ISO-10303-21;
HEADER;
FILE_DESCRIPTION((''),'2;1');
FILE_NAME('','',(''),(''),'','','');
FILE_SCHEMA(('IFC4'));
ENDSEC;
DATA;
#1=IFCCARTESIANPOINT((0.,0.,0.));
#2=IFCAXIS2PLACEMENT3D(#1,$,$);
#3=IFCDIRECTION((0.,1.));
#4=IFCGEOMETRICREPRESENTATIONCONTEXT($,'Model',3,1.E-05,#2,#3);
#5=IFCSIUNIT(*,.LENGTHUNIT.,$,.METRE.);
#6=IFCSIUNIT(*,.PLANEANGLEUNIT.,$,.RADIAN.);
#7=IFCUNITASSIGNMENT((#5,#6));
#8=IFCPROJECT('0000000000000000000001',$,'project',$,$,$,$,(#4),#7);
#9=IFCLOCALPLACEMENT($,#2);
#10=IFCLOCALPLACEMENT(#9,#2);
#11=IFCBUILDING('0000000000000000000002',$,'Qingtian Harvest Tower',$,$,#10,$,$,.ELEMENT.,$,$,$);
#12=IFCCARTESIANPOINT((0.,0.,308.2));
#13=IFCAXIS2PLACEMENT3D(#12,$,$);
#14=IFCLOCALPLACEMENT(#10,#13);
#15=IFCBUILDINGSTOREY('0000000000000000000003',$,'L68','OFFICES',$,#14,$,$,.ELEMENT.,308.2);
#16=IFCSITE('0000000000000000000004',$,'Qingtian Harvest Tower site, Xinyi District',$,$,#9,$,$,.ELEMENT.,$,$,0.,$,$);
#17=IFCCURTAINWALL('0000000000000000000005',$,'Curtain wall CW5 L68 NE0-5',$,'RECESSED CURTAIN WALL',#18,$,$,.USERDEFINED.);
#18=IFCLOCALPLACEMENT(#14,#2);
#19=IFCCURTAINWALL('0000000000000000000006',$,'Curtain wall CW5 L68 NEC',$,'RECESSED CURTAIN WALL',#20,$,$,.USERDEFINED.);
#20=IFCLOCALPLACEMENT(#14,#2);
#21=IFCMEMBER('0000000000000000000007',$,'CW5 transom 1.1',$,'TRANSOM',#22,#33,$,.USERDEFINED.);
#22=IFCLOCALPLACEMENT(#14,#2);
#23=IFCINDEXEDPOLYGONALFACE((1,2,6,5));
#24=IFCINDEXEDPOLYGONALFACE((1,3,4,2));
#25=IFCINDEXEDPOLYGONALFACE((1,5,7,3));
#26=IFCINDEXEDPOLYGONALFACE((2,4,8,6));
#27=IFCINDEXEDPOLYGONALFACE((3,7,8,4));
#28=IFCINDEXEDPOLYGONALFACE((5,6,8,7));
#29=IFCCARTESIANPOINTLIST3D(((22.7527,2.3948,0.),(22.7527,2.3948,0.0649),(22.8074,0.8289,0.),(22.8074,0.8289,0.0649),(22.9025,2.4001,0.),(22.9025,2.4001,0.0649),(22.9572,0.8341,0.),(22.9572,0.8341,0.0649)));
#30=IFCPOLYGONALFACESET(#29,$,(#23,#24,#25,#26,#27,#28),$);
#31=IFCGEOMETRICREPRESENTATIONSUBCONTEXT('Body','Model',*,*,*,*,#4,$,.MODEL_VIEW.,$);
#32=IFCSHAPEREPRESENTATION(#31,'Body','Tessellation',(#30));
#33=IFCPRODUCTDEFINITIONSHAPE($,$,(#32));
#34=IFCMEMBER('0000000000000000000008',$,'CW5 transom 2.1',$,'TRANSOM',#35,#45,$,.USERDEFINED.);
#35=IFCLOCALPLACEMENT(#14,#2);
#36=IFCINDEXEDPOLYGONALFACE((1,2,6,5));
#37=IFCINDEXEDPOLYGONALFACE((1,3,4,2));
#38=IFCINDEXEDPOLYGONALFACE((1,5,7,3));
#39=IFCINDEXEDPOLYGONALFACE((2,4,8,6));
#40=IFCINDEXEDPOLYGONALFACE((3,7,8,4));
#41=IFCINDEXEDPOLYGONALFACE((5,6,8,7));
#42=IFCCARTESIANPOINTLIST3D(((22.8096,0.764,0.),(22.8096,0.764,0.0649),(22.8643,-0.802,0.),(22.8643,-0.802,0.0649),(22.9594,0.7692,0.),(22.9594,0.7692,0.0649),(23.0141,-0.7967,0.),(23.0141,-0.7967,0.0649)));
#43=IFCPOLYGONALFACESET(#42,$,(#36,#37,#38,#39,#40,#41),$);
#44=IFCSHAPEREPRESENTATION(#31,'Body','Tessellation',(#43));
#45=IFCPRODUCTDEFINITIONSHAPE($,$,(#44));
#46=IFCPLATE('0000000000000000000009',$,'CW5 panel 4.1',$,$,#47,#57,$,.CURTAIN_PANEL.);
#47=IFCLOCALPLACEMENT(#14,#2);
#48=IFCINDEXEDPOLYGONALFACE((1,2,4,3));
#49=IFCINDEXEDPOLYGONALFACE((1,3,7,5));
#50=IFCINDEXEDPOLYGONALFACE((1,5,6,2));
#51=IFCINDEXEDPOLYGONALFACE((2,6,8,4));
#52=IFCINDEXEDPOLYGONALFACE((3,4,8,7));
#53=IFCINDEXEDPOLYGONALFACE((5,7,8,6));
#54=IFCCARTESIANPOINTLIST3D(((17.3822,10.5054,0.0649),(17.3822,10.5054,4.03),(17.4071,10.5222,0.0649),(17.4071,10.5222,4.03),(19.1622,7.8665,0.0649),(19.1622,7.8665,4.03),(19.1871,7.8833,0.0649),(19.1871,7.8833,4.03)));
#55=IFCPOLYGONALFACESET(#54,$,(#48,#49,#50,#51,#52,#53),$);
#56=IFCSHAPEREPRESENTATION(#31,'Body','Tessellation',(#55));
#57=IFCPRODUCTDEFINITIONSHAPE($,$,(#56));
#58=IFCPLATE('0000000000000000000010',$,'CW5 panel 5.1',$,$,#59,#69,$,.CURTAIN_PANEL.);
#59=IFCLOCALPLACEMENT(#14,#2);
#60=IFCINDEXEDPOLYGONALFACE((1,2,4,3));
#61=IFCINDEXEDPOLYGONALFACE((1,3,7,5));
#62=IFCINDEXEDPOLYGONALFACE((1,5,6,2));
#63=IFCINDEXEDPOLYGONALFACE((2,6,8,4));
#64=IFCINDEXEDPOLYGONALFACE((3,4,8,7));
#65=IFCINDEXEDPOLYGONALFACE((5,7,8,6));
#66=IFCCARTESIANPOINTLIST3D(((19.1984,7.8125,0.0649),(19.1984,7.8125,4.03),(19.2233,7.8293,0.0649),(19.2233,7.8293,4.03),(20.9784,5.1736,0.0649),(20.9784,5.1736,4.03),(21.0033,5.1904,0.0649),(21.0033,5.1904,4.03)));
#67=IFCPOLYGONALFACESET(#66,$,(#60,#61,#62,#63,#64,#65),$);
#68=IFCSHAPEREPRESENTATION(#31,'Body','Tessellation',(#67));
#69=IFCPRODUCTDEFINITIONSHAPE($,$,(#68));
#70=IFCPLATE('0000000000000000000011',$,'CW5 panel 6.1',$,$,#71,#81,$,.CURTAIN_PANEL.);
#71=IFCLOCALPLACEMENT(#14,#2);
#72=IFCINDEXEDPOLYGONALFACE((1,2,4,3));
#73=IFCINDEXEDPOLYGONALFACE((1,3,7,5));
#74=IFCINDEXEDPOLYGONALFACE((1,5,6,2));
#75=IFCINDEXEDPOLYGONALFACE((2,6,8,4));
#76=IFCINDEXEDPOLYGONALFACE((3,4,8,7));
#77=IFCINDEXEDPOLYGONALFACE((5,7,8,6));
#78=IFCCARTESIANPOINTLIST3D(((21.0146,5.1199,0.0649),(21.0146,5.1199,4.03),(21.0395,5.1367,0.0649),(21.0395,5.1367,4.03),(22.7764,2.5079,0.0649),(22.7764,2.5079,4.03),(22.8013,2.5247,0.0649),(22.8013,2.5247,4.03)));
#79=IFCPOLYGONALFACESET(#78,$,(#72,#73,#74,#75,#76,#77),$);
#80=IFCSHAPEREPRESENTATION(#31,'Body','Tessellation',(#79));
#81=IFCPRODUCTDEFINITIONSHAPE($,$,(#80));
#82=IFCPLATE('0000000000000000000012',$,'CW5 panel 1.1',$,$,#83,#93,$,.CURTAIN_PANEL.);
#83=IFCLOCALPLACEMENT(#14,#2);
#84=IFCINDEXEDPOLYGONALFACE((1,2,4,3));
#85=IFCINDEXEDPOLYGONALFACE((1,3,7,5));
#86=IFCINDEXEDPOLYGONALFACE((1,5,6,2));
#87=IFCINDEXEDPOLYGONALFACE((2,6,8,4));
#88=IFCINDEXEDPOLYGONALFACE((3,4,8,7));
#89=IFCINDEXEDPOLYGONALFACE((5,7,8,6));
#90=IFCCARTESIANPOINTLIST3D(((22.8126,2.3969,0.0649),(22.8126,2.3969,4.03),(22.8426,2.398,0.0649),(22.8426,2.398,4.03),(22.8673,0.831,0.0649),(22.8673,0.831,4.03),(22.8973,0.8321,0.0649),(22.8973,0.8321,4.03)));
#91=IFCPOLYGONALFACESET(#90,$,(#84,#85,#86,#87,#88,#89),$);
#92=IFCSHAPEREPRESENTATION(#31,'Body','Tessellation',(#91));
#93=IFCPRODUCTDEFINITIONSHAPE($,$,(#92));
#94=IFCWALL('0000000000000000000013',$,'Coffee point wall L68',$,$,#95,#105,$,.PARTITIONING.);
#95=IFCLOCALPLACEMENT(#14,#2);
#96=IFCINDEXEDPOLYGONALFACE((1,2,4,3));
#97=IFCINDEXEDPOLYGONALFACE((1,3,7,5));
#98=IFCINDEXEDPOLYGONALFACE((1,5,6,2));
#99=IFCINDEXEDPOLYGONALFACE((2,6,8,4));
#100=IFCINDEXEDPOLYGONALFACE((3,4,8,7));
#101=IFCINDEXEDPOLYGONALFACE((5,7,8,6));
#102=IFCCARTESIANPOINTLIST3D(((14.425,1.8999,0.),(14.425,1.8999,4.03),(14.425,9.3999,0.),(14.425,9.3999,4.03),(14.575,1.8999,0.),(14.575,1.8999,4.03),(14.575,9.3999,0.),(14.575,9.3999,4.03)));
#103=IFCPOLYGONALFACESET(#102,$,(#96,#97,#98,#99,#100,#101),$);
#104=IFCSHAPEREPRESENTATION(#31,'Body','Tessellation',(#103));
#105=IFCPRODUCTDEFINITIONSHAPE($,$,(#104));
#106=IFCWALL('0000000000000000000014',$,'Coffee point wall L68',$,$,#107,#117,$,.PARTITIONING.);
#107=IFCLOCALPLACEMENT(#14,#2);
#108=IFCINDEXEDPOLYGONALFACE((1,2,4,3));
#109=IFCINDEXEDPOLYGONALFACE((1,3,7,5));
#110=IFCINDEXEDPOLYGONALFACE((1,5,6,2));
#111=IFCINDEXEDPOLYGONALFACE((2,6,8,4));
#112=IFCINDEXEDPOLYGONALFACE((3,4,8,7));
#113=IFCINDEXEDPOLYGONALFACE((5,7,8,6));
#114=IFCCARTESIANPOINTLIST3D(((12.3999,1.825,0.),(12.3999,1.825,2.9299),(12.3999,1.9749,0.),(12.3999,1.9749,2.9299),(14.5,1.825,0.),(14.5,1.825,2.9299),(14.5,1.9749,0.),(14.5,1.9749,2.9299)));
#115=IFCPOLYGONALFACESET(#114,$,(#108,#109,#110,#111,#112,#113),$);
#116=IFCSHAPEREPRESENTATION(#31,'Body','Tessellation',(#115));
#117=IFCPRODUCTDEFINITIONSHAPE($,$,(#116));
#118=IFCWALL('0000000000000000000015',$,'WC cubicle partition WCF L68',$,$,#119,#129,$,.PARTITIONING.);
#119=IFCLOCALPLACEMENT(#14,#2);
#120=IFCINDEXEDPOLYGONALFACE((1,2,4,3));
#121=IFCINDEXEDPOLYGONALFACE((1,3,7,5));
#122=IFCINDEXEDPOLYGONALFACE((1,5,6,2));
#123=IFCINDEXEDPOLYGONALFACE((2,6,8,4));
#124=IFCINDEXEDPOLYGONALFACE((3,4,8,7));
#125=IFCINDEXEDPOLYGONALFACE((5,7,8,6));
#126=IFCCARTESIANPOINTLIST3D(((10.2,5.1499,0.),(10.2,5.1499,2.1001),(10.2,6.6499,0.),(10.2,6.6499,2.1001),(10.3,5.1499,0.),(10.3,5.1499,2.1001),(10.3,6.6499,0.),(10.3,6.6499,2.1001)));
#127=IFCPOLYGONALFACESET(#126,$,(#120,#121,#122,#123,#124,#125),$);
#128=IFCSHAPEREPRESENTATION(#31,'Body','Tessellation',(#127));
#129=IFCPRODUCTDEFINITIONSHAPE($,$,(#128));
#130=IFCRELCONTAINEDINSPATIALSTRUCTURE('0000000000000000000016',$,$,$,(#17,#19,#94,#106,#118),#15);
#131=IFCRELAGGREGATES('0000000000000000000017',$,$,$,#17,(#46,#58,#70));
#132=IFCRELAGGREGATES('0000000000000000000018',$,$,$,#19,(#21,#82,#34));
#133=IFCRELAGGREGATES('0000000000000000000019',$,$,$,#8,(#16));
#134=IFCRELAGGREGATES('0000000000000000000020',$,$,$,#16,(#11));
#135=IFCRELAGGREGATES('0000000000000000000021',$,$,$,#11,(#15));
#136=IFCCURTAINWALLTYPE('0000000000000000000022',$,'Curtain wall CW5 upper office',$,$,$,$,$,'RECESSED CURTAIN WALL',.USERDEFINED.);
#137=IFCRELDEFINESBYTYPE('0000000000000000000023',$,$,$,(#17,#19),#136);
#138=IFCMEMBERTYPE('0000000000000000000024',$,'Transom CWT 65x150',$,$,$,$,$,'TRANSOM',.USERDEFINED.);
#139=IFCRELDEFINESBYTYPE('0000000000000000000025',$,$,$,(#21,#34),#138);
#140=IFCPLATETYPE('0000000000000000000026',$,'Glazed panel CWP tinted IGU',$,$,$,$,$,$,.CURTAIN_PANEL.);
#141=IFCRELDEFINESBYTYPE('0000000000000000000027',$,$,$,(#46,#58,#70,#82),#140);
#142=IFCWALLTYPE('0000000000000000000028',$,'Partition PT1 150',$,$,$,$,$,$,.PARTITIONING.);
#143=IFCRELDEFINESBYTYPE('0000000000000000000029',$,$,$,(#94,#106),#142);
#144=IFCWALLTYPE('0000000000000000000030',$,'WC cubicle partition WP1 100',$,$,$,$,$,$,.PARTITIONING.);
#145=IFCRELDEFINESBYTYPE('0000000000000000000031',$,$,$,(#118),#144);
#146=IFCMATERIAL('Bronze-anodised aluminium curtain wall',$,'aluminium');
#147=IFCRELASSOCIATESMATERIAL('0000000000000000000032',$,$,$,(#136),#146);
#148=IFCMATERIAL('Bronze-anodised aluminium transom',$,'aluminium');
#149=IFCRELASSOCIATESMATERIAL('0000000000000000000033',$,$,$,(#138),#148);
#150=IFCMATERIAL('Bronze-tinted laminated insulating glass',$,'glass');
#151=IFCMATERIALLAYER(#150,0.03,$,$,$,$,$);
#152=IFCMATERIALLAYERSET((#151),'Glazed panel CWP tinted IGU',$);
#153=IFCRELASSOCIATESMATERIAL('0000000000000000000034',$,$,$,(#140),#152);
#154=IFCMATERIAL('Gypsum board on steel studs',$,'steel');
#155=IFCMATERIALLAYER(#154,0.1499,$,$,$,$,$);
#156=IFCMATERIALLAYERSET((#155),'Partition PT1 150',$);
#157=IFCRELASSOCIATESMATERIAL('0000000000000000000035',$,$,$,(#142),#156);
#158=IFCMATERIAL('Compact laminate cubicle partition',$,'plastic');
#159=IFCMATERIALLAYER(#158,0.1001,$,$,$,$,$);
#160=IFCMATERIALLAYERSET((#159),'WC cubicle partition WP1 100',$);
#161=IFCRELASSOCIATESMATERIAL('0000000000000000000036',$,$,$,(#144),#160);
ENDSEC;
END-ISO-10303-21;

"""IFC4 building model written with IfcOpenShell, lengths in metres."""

from ifc_helpers import new_model, si_unit, direction, frame, frame_2d, origin, origin_2d, place, context, subcontext, project, spatial, rectangle, extrude, material, layer, layer_set, material_profile, profile_set, type_object, element, aggregate, save


model = new_model("IFC4")

# Units and contexts
model_context = context("Model", 3, precision=1e-05, world=origin(), true_north=direction((0.0, 1.0)))
body_context = subcontext(model_context, "Body", "Model", "MODEL_VIEW")
ifc_project = project(units=[si_unit("LENGTHUNIT", "METRE"), si_unit("PLANEANGLEUNIT", "RADIAN")], contexts=[model_context])

# Site, building, storey
site_placement = place(None, origin())
site = spatial("IfcSite", under=ifc_project, at=site_placement, Name="Qingtian Harvest Tower site, Xinyi District", CompositionType="ELEMENT", RefElevation=0.0)
building_placement = place(site_placement, origin())
building = spatial("IfcBuilding", under=site, at=building_placement, Name="Qingtian Harvest Tower", CompositionType="ELEMENT")
storey_placement = place(building_placement, frame((0.0, 0.0, 308.2)))
storey = spatial("IfcBuildingStorey", under=building, at=storey_placement, Name="L68", Description="OFFICES", CompositionType="ELEMENT", Elevation=308.2)

# Curtain walls
ifc_material_1 = material(Name="Bronze-anodised aluminium curtain wall", Category="aluminium")
curtain_wall_type = type_object("IfcCurtainWallType", Name="Curtain wall CW5 upper office", ElementType="RECESSED CURTAIN WALL", PredefinedType="USERDEFINED", material=ifc_material_1)
curtain_wall_1_placement = place(storey_placement, origin())
curtain_wall_1 = element("IfcCurtainWall", 1, at=curtain_wall_1_placement, inside=storey, type_object=curtain_wall_type, Name="Curtain wall CW5 L68 NE0-5", ObjectType="RECESSED CURTAIN WALL", PredefinedType="USERDEFINED")
curtain_wall_2_placement = place(storey_placement, origin())
curtain_wall_2 = element("IfcCurtainWall", 2, at=curtain_wall_2_placement, inside=storey, type_object=curtain_wall_type, Name="Curtain wall CW5 L68 NEC", ObjectType="RECESSED CURTAIN WALL", PredefinedType="USERDEFINED")

# Members
ifc_material_2 = material(Name="Bronze-anodised aluminium transom", Category="aluminium")
ifc_material_profile_1 = material_profile(ifc_material_2, rectangle(XDim=0.1499, YDim=0.0649, at=origin_2d()), Name="AL 65x150")
ifc_profile_set_1 = profile_set([ifc_material_profile_1], Name="Bronze-anodised aluminium transom")
member_type_1 = type_object("IfcMemberType", Name="Transom CWT 65x150", ElementType="TRANSOM", PredefinedType="USERDEFINED", material=ifc_profile_set_1)
member_1_placement = place(storey_placement, frame((22.8276, 2.3975, 0.0325), z_axis=(0.034902, -0.999391, 0.0), x_axis=(0.999391, 0.034902, 0.0)))
member_1 = element("IfcMember", 3, at=member_1_placement, type_object=member_type_1, Name="CW5 transom 1.1", ObjectType="TRANSOM", PredefinedType="USERDEFINED", context=body_context, shape_type="SweptSolid", body=[
    extrude(rectangle(XDim=0.1499, YDim=0.0649, at=origin_2d()), origin(), (0.0, 0.0, 1.0), 1.5669),
])
member_2_placement = place(storey_placement, frame((22.8845, 0.7666, 0.0325), z_axis=(0.034902, -0.999391, 0.0), x_axis=(0.999391, 0.034902, 0.0)))
member_2 = element("IfcMember", 4, at=member_2_placement, type_object=member_type_1, Name="CW5 transom 2.1", ObjectType="TRANSOM", PredefinedType="USERDEFINED", context=body_context, shape_type="SweptSolid", body=[
    extrude(rectangle(XDim=0.1499, YDim=0.0649, at=origin_2d()), origin(), (0.0, 0.0, 1.0), 1.5669),
])

# Plates
ifc_material_3 = material(Name="Bronze-tinted laminated insulating glass", Category="glass")
ifc_layer_1 = layer(ifc_material_3, 0.03)
ifc_layer_set_1 = layer_set([ifc_layer_1], Name="Glazed panel CWP tinted IGU")
plate_type = type_object("IfcPlateType", Name="Glazed panel CWP tinted IGU", PredefinedType="CURTAIN_PANEL", material=ifc_layer_set_1)
plate_1_placement = place(storey_placement, frame((18.2847, 9.1943, 0.0649), z_axis=(0.0, 0.0, 1.0), x_axis=(0.559193, -0.829038, 0.0)))
plate_1 = element("IfcPlate", 5, at=plate_1_placement, type_object=plate_type, Name="CW5 panel 4.1", PredefinedType="CURTAIN_PANEL", context=body_context, shape_type="SweptSolid", body=[
    extrude(rectangle(XDim=3.1831, YDim=0.03, at=origin_2d()), origin(), (0.0, 0.0, 1.0), 3.9651),
])
plate_2_placement = place(storey_placement, frame((20.1008, 6.5015, 0.0649), z_axis=(0.0, 0.0, 1.0), x_axis=(0.559193, -0.829038, 0.0)))
plate_2 = element("IfcPlate", 6, at=plate_2_placement, type_object=plate_type, Name="CW5 panel 5.1", PredefinedType="CURTAIN_PANEL", context=body_context, shape_type="SweptSolid", body=[
    extrude(rectangle(XDim=3.1831, YDim=0.03, at=origin_2d()), origin(), (0.0, 0.0, 1.0), 3.9651),
])
plate_3_placement = place(storey_placement, frame((21.908, 3.8223, 0.0649), z_axis=(0.0, 0.0, 1.0), x_axis=(0.559193, -0.829038, 0.0)))
plate_3 = element("IfcPlate", 7, at=plate_3_placement, type_object=plate_type, Name="CW5 panel 6.1", PredefinedType="CURTAIN_PANEL", context=body_context, shape_type="SweptSolid", body=[
    extrude(rectangle(XDim=3.1506, YDim=0.03, at=origin_2d()), origin(), (0.0, 0.0, 1.0), 3.9651),
])
aggregate(curtain_wall_1, [plate_1, plate_2, plate_3])
plate_4_placement = place(storey_placement, frame((22.855, 1.6145, 0.0649), z_axis=(0.0, 0.0, 1.0), x_axis=(0.034899, -0.999391, 0.0)))
plate_4 = element("IfcPlate", 8, at=plate_4_placement, type_object=plate_type, Name="CW5 panel 1.1", PredefinedType="CURTAIN_PANEL", context=body_context, shape_type="SweptSolid", body=[
    extrude(rectangle(XDim=1.5669, YDim=0.03, at=origin_2d()), origin(), (0.0, 0.0, 1.0), 3.9651),
])
aggregate(curtain_wall_2, [member_1, plate_4, member_2])

# Walls
ifc_material_4 = material(Name="Gypsum board on steel studs", Category="steel")
ifc_layer_2 = layer(ifc_material_4, 0.1499)
ifc_layer_set_2 = layer_set([ifc_layer_2], Name="Partition PT1 150")
wall_type_1 = type_object("IfcWallType", Name="Partition PT1 150", PredefinedType="PARTITIONING", material=ifc_layer_set_2)
wall_1_placement = place(storey_placement, frame((14.5, 1.8999, 0.0), z_axis=(0.0, 0.0, 1.0), x_axis=(0.0, 1.0, 0.0)))
element("IfcWall", 9, at=wall_1_placement, inside=storey, type_object=wall_type_1, Name="Coffee point wall L68", PredefinedType="PARTITIONING", context=body_context, shape_type="SweptSolid", body=[
    extrude(rectangle(XDim=7.5, YDim=0.1499, at=frame_2d((3.75, 0.0))), origin(), (0.0, 0.0, 1.0), 4.03),
])
wall_2_placement = place(storey_placement, frame((12.3999, 1.8999, 0.0), z_axis=(0.0, 0.0, 1.0), x_axis=(1.0, 0.0, 0.0)))
element("IfcWall", 10, at=wall_2_placement, inside=storey, type_object=wall_type_1, Name="Coffee point wall L68", PredefinedType="PARTITIONING", context=body_context, shape_type="SweptSolid", body=[
    extrude(rectangle(XDim=2.1001, YDim=0.1499, at=frame_2d((1.05, 0.0))), origin(), (0.0, 0.0, 1.0), 2.9299),
])
ifc_material_5 = material(Name="Compact laminate cubicle partition", Category="plastic")
ifc_layer_3 = layer(ifc_material_5, 0.1001)
ifc_layer_set_3 = layer_set([ifc_layer_3], Name="WC cubicle partition WP1 100")
wall_type_2 = type_object("IfcWallType", Name="WC cubicle partition WP1 100", PredefinedType="PARTITIONING", material=ifc_layer_set_3)
wall_3_placement = place(storey_placement, frame((10.25, 5.1499, 0.0), z_axis=(0.0, 0.0, 1.0), x_axis=(0.0, 1.0, 0.0)))
element("IfcWall", 11, at=wall_3_placement, inside=storey, type_object=wall_type_2, Name="WC cubicle partition WCF L68", PredefinedType="PARTITIONING", context=body_context, shape_type="SweptSolid", body=[
    extrude(rectangle(XDim=1.5, YDim=0.1001, at=frame_2d((0.75, 0.0))), origin(), (0.0, 0.0, 1.0), 2.1001),
])

save(model, "model.ifc")
